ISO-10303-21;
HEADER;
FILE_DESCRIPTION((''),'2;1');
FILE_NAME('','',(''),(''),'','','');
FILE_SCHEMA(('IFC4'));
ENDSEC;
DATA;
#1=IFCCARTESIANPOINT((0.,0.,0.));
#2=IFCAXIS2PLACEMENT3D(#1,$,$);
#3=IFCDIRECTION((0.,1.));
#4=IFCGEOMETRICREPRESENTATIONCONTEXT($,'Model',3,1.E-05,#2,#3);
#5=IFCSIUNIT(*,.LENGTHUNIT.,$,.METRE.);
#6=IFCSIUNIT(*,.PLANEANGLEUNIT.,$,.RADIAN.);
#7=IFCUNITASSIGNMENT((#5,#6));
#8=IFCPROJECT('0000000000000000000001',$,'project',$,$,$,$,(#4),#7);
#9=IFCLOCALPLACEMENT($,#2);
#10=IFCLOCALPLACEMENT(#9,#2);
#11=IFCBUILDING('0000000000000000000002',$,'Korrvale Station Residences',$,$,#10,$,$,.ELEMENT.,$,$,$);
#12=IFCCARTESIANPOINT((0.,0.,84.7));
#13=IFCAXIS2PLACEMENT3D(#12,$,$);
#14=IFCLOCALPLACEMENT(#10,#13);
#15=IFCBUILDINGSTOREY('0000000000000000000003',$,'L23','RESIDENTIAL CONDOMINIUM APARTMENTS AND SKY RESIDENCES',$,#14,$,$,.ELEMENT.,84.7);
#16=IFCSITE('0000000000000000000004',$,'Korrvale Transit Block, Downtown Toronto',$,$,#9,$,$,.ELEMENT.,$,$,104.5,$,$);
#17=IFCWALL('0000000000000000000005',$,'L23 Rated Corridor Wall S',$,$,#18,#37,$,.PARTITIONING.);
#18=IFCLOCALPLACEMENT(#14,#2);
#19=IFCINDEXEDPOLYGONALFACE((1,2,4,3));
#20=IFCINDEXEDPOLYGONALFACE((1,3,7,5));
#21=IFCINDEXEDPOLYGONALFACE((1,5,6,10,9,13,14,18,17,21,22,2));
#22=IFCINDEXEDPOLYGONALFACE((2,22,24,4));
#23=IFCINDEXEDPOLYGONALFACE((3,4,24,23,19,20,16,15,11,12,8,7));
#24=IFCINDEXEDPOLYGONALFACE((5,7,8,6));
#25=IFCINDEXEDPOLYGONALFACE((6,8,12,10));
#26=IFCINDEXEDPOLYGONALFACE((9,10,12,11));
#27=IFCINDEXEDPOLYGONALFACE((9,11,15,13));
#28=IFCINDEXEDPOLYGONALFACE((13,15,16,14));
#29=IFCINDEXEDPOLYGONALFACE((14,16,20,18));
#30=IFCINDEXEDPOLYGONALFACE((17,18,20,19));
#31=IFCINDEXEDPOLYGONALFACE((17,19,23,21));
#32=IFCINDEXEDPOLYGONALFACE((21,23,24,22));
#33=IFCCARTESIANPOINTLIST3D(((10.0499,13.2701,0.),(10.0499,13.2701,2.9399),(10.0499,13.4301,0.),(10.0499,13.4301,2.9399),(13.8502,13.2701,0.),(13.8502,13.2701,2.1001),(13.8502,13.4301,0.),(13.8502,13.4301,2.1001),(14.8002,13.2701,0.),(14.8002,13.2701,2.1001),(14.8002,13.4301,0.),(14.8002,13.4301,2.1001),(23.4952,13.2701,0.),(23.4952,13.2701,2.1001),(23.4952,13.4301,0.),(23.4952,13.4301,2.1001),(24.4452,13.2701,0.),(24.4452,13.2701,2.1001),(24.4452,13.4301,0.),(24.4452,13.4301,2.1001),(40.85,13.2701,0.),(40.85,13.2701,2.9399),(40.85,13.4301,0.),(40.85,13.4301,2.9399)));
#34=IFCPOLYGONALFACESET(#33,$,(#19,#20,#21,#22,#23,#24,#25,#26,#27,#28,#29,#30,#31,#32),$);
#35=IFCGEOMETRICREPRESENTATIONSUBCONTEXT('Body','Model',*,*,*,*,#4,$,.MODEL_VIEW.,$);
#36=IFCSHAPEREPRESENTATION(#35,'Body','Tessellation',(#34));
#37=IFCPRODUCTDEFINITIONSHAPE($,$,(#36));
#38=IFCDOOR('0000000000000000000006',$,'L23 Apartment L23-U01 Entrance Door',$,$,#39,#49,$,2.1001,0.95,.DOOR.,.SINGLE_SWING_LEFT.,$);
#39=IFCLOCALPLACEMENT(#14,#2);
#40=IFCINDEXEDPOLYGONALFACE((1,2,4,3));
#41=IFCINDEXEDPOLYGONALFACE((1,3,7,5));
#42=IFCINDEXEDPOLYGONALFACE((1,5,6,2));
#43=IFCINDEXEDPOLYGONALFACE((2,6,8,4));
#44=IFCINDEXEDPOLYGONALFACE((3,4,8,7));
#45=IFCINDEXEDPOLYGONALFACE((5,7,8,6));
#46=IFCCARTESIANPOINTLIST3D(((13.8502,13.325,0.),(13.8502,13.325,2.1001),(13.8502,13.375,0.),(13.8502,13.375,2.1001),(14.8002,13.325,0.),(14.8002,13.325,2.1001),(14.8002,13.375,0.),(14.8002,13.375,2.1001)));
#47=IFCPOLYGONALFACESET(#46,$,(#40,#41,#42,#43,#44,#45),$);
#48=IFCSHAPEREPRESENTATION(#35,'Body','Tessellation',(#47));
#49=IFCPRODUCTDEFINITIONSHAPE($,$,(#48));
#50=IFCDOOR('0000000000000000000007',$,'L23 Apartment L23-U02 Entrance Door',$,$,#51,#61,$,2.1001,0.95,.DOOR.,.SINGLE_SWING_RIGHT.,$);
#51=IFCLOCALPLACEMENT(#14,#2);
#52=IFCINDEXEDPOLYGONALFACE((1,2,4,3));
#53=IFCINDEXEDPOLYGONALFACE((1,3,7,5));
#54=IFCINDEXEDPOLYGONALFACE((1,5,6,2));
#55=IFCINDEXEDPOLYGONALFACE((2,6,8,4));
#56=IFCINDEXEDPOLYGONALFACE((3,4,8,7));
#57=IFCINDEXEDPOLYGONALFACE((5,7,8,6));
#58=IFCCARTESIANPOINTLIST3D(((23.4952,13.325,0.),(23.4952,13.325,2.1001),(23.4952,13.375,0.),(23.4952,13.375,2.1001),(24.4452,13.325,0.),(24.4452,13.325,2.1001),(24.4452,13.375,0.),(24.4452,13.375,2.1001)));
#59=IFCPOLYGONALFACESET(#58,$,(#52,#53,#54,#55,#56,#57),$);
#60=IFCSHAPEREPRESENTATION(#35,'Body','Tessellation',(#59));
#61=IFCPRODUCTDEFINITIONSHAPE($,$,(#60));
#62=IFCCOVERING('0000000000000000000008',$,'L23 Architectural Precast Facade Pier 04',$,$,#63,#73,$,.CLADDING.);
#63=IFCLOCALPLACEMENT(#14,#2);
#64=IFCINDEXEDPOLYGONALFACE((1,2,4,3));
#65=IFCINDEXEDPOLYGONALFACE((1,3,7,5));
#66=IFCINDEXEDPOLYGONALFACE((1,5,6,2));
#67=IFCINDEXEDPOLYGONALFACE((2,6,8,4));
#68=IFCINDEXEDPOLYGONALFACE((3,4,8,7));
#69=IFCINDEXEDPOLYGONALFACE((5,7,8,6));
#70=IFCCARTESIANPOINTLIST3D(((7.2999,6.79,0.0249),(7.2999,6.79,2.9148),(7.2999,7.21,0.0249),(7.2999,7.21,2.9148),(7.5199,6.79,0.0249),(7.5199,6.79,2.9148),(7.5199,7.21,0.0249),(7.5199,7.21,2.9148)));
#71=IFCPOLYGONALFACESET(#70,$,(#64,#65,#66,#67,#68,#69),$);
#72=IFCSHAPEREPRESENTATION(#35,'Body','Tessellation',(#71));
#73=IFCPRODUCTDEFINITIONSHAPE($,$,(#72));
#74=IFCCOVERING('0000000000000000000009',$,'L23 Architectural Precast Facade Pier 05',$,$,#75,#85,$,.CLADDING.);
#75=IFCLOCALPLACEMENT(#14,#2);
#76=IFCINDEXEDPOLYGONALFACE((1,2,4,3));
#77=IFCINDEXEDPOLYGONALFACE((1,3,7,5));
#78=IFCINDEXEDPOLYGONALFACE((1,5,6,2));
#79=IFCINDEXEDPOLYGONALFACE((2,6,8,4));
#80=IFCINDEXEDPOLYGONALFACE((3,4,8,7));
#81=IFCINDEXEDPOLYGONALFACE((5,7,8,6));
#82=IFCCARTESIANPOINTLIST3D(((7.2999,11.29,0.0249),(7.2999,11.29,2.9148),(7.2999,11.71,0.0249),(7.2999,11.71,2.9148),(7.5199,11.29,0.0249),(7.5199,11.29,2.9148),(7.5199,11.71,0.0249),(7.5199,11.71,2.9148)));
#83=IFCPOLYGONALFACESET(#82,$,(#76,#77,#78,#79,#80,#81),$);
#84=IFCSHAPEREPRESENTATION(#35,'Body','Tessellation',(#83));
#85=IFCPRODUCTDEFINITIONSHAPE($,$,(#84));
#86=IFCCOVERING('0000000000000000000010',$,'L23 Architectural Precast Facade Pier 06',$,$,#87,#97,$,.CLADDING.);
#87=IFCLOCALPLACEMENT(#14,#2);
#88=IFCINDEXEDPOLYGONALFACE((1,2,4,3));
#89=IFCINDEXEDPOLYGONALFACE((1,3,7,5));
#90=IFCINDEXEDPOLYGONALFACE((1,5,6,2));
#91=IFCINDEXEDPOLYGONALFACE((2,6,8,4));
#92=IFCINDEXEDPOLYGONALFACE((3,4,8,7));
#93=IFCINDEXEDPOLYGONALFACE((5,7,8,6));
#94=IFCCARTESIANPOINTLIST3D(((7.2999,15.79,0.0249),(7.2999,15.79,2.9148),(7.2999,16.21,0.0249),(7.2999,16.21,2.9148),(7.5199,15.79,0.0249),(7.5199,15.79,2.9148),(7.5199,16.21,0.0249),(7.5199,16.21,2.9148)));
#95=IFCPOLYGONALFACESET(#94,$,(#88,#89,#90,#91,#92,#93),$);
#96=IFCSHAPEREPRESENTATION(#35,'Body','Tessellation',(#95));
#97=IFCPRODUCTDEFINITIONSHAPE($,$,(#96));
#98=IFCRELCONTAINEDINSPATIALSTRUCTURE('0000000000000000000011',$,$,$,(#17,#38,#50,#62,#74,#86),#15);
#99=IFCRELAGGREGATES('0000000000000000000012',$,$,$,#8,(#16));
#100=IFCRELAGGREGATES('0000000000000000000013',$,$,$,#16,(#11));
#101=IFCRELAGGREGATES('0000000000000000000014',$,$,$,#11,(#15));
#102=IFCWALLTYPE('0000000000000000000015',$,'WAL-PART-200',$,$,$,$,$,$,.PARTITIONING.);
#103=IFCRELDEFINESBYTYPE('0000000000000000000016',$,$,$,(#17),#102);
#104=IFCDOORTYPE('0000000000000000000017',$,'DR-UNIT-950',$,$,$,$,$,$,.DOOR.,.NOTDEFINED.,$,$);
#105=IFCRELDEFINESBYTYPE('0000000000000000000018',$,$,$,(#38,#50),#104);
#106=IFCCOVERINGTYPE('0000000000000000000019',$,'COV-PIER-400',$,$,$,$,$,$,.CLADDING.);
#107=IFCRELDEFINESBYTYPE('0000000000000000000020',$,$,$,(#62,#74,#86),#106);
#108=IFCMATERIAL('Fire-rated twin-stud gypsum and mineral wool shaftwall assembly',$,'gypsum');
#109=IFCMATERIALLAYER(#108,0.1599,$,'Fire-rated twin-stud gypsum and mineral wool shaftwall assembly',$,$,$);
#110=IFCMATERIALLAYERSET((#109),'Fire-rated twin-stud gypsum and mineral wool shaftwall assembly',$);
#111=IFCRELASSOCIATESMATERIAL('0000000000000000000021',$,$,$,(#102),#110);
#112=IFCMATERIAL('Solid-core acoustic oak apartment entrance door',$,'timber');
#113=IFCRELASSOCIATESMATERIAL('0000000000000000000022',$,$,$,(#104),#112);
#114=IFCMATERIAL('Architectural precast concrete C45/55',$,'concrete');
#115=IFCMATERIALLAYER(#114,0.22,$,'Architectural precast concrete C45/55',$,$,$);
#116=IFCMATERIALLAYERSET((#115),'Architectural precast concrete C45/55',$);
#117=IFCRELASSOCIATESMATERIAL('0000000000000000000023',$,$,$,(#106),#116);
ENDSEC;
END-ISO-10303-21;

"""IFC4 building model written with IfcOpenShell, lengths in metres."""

from ifc_helpers import new_model, si_unit, direction, frame, frame_2d, origin, origin_2d, place, context, subcontext, project, spatial, rectangle, extrude, material, layer, layer_set, type_object, element, fill, save


model = new_model("IFC4")

# Units and contexts
model_context = context("Model", 3, precision=1e-05, world=origin(), true_north=direction((0.0, 1.0)))
body_context = subcontext(model_context, "Body", "Model", "MODEL_VIEW")
ifc_project = project(units=[si_unit("LENGTHUNIT", "METRE"), si_unit("PLANEANGLEUNIT", "RADIAN")], contexts=[model_context])

# Site, building, storey
site_placement = place(None, origin())
site = spatial("IfcSite", under=ifc_project, at=site_placement, Name="Korrvale Transit Block, Downtown Toronto", CompositionType="ELEMENT", RefElevation=104.5)
building_placement = place(site_placement, origin())
building = spatial("IfcBuilding", under=site, at=building_placement, Name="Korrvale Station Residences", CompositionType="ELEMENT")
storey_placement = place(building_placement, frame((0.0, 0.0, 84.7)))
storey = spatial("IfcBuildingStorey", under=building, at=storey_placement, Name="L23", Description="RESIDENTIAL CONDOMINIUM APARTMENTS AND SKY RESIDENCES", CompositionType="ELEMENT", Elevation=84.7)

# Shared definitions
ifc_material_1 = material(Name="Fire-rated twin-stud gypsum and mineral wool shaftwall assembly", Category="gypsum")
ifc_layer_1 = layer(ifc_material_1, 0.1599, Name="Fire-rated twin-stud gypsum and mineral wool shaftwall assembly")
ifc_layer_set_1 = layer_set([ifc_layer_1], Name="Fire-rated twin-stud gypsum and mineral wool shaftwall assembly")
wall_type_1 = type_object("IfcWallType", Name="WAL-PART-200", PredefinedType="PARTITIONING", material=ifc_layer_set_1)

# Wall, openings, doors
wall_1_placement = place(storey_placement, frame((10.05, 13.3501, 0.0), z_axis=(0.0, 0.0, 1.0), x_axis=(1.0, 0.0, 0.0)))
wall_1 = element("IfcWall", 1, at=wall_1_placement, inside=storey, type_object=wall_type_1, Name="L23 Rated Corridor Wall S", PredefinedType="PARTITIONING", context=body_context, shape_type="SweptSolid", body=[
    extrude(rectangle(XDim=30.8, YDim=0.1599, at=frame_2d((15.3999, 0.0))), origin(), (0.0, 0.0, 1.0), 2.9399),
])
opening_1_placement = place(wall_1_placement, frame((3.8, 0.0, 0.0)))
opening_1 = element("IfcOpeningElement", 2, at=opening_1_placement, cuts=wall_1, PredefinedType="OPENING", context=body_context, shape_type="SweptSolid", body=[
    extrude(rectangle(XDim=0.95, YDim=2.1001, at=frame_2d((0.4751, 1.05))), frame((0.0, 0.0898, 0.0), z_axis=(0.0, -1.0, 0.0), x_axis=(1.0, 0.0, 0.0)), (0.0, 0.0, 1.0), 0.1799),
])
opening_2_placement = place(wall_1_placement, frame((13.4451, 0.0, 0.0)))
opening_2 = element("IfcOpeningElement", 3, at=opening_2_placement, cuts=wall_1, PredefinedType="OPENING", context=body_context, shape_type="SweptSolid", body=[
    extrude(rectangle(XDim=0.95, YDim=2.1001, at=frame_2d((0.4751, 1.05))), frame((0.0, 0.0898, 0.0), z_axis=(0.0, -1.0, 0.0), x_axis=(1.0, 0.0, 0.0)), (0.0, 0.0, 1.0), 0.1799),
])
ifc_material_2 = material(Name="Solid-core acoustic oak apartment entrance door", Category="timber")
door_type_1 = type_object("IfcDoorType", Name="DR-UNIT-950", OperationType="NOTDEFINED", PredefinedType="DOOR", material=ifc_material_2)
door_1_placement = place(opening_1_placement, origin())
door_1 = element("IfcDoor", 4, at=door_1_placement, inside=storey, type_object=door_type_1, Name="L23 Apartment L23-U01 Entrance Door", OperationType="SINGLE_SWING_LEFT", OverallHeight=2.1001, OverallWidth=0.95, PredefinedType="DOOR", context=body_context, shape_type="SweptSolid", body=[
    extrude(rectangle(XDim=0.95, YDim=2.1001, at=frame_2d((0.4751, 1.05))), frame((0.0, 0.0249, 0.0), z_axis=(0.0, -1.0, 0.0), x_axis=(1.0, 0.0, 0.0)), (0.0, 0.0, 1.0), 0.05),
])
fill(opening_1, door_1)
door_2_placement = place(opening_2_placement, origin())
door_2 = element("IfcDoor", 5, at=door_2_placement, inside=storey, type_object=door_type_1, Name="L23 Apartment L23-U02 Entrance Door", OperationType="SINGLE_SWING_RIGHT", OverallHeight=2.1001, OverallWidth=0.95, PredefinedType="DOOR", context=body_context, shape_type="SweptSolid", body=[
    extrude(rectangle(XDim=0.95, YDim=2.1001, at=frame_2d((0.4751, 1.05))), frame((0.0, 0.0249, 0.0), z_axis=(0.0, -1.0, 0.0), x_axis=(1.0, 0.0, 0.0)), (0.0, 0.0, 1.0), 0.05),
])
fill(opening_2, door_2)

# Coverings
ifc_material_3 = material(Name="Architectural precast concrete C45/55", Category="concrete")
ifc_layer_2 = layer(ifc_material_3, 0.22, Name="Architectural precast concrete C45/55")
ifc_layer_set_2 = layer_set([ifc_layer_2], Name="Architectural precast concrete C45/55")
covering_type = type_object("IfcCoveringType", Name="COV-PIER-400", PredefinedType="CLADDING", material=ifc_layer_set_2)
for number, where, z_axis, x_axis, name in (
    (6, (7.4099, 7.0, 0.0249), (0.0, 0.0, 1.0), (0.0, 1.0, 0.0), "L23 Architectural Precast Facade Pier 04"),
    (7, (7.4099, 11.5, 0.0249), (0.0, 0.0, 1.0), (0.0, 1.0, 0.0), "L23 Architectural Precast Facade Pier 05"),
    (8, (7.4099, 16.0, 0.0249), (0.0, 0.0, 1.0), (0.0, 1.0, 0.0), "L23 Architectural Precast Facade Pier 06"),
):
    element("IfcCovering", number, at=place(storey_placement, frame(where, z_axis=z_axis, x_axis=x_axis)), inside=storey, type_object=covering_type, Name=name, PredefinedType="CLADDING", context=body_context, shape_type="SweptSolid", body=[
        extrude(rectangle(XDim=0.4199, YDim=0.22, at=origin_2d()), origin(), (0.0, 0.0, 1.0), 2.8899),
    ])

save(model, "model.ifc")
